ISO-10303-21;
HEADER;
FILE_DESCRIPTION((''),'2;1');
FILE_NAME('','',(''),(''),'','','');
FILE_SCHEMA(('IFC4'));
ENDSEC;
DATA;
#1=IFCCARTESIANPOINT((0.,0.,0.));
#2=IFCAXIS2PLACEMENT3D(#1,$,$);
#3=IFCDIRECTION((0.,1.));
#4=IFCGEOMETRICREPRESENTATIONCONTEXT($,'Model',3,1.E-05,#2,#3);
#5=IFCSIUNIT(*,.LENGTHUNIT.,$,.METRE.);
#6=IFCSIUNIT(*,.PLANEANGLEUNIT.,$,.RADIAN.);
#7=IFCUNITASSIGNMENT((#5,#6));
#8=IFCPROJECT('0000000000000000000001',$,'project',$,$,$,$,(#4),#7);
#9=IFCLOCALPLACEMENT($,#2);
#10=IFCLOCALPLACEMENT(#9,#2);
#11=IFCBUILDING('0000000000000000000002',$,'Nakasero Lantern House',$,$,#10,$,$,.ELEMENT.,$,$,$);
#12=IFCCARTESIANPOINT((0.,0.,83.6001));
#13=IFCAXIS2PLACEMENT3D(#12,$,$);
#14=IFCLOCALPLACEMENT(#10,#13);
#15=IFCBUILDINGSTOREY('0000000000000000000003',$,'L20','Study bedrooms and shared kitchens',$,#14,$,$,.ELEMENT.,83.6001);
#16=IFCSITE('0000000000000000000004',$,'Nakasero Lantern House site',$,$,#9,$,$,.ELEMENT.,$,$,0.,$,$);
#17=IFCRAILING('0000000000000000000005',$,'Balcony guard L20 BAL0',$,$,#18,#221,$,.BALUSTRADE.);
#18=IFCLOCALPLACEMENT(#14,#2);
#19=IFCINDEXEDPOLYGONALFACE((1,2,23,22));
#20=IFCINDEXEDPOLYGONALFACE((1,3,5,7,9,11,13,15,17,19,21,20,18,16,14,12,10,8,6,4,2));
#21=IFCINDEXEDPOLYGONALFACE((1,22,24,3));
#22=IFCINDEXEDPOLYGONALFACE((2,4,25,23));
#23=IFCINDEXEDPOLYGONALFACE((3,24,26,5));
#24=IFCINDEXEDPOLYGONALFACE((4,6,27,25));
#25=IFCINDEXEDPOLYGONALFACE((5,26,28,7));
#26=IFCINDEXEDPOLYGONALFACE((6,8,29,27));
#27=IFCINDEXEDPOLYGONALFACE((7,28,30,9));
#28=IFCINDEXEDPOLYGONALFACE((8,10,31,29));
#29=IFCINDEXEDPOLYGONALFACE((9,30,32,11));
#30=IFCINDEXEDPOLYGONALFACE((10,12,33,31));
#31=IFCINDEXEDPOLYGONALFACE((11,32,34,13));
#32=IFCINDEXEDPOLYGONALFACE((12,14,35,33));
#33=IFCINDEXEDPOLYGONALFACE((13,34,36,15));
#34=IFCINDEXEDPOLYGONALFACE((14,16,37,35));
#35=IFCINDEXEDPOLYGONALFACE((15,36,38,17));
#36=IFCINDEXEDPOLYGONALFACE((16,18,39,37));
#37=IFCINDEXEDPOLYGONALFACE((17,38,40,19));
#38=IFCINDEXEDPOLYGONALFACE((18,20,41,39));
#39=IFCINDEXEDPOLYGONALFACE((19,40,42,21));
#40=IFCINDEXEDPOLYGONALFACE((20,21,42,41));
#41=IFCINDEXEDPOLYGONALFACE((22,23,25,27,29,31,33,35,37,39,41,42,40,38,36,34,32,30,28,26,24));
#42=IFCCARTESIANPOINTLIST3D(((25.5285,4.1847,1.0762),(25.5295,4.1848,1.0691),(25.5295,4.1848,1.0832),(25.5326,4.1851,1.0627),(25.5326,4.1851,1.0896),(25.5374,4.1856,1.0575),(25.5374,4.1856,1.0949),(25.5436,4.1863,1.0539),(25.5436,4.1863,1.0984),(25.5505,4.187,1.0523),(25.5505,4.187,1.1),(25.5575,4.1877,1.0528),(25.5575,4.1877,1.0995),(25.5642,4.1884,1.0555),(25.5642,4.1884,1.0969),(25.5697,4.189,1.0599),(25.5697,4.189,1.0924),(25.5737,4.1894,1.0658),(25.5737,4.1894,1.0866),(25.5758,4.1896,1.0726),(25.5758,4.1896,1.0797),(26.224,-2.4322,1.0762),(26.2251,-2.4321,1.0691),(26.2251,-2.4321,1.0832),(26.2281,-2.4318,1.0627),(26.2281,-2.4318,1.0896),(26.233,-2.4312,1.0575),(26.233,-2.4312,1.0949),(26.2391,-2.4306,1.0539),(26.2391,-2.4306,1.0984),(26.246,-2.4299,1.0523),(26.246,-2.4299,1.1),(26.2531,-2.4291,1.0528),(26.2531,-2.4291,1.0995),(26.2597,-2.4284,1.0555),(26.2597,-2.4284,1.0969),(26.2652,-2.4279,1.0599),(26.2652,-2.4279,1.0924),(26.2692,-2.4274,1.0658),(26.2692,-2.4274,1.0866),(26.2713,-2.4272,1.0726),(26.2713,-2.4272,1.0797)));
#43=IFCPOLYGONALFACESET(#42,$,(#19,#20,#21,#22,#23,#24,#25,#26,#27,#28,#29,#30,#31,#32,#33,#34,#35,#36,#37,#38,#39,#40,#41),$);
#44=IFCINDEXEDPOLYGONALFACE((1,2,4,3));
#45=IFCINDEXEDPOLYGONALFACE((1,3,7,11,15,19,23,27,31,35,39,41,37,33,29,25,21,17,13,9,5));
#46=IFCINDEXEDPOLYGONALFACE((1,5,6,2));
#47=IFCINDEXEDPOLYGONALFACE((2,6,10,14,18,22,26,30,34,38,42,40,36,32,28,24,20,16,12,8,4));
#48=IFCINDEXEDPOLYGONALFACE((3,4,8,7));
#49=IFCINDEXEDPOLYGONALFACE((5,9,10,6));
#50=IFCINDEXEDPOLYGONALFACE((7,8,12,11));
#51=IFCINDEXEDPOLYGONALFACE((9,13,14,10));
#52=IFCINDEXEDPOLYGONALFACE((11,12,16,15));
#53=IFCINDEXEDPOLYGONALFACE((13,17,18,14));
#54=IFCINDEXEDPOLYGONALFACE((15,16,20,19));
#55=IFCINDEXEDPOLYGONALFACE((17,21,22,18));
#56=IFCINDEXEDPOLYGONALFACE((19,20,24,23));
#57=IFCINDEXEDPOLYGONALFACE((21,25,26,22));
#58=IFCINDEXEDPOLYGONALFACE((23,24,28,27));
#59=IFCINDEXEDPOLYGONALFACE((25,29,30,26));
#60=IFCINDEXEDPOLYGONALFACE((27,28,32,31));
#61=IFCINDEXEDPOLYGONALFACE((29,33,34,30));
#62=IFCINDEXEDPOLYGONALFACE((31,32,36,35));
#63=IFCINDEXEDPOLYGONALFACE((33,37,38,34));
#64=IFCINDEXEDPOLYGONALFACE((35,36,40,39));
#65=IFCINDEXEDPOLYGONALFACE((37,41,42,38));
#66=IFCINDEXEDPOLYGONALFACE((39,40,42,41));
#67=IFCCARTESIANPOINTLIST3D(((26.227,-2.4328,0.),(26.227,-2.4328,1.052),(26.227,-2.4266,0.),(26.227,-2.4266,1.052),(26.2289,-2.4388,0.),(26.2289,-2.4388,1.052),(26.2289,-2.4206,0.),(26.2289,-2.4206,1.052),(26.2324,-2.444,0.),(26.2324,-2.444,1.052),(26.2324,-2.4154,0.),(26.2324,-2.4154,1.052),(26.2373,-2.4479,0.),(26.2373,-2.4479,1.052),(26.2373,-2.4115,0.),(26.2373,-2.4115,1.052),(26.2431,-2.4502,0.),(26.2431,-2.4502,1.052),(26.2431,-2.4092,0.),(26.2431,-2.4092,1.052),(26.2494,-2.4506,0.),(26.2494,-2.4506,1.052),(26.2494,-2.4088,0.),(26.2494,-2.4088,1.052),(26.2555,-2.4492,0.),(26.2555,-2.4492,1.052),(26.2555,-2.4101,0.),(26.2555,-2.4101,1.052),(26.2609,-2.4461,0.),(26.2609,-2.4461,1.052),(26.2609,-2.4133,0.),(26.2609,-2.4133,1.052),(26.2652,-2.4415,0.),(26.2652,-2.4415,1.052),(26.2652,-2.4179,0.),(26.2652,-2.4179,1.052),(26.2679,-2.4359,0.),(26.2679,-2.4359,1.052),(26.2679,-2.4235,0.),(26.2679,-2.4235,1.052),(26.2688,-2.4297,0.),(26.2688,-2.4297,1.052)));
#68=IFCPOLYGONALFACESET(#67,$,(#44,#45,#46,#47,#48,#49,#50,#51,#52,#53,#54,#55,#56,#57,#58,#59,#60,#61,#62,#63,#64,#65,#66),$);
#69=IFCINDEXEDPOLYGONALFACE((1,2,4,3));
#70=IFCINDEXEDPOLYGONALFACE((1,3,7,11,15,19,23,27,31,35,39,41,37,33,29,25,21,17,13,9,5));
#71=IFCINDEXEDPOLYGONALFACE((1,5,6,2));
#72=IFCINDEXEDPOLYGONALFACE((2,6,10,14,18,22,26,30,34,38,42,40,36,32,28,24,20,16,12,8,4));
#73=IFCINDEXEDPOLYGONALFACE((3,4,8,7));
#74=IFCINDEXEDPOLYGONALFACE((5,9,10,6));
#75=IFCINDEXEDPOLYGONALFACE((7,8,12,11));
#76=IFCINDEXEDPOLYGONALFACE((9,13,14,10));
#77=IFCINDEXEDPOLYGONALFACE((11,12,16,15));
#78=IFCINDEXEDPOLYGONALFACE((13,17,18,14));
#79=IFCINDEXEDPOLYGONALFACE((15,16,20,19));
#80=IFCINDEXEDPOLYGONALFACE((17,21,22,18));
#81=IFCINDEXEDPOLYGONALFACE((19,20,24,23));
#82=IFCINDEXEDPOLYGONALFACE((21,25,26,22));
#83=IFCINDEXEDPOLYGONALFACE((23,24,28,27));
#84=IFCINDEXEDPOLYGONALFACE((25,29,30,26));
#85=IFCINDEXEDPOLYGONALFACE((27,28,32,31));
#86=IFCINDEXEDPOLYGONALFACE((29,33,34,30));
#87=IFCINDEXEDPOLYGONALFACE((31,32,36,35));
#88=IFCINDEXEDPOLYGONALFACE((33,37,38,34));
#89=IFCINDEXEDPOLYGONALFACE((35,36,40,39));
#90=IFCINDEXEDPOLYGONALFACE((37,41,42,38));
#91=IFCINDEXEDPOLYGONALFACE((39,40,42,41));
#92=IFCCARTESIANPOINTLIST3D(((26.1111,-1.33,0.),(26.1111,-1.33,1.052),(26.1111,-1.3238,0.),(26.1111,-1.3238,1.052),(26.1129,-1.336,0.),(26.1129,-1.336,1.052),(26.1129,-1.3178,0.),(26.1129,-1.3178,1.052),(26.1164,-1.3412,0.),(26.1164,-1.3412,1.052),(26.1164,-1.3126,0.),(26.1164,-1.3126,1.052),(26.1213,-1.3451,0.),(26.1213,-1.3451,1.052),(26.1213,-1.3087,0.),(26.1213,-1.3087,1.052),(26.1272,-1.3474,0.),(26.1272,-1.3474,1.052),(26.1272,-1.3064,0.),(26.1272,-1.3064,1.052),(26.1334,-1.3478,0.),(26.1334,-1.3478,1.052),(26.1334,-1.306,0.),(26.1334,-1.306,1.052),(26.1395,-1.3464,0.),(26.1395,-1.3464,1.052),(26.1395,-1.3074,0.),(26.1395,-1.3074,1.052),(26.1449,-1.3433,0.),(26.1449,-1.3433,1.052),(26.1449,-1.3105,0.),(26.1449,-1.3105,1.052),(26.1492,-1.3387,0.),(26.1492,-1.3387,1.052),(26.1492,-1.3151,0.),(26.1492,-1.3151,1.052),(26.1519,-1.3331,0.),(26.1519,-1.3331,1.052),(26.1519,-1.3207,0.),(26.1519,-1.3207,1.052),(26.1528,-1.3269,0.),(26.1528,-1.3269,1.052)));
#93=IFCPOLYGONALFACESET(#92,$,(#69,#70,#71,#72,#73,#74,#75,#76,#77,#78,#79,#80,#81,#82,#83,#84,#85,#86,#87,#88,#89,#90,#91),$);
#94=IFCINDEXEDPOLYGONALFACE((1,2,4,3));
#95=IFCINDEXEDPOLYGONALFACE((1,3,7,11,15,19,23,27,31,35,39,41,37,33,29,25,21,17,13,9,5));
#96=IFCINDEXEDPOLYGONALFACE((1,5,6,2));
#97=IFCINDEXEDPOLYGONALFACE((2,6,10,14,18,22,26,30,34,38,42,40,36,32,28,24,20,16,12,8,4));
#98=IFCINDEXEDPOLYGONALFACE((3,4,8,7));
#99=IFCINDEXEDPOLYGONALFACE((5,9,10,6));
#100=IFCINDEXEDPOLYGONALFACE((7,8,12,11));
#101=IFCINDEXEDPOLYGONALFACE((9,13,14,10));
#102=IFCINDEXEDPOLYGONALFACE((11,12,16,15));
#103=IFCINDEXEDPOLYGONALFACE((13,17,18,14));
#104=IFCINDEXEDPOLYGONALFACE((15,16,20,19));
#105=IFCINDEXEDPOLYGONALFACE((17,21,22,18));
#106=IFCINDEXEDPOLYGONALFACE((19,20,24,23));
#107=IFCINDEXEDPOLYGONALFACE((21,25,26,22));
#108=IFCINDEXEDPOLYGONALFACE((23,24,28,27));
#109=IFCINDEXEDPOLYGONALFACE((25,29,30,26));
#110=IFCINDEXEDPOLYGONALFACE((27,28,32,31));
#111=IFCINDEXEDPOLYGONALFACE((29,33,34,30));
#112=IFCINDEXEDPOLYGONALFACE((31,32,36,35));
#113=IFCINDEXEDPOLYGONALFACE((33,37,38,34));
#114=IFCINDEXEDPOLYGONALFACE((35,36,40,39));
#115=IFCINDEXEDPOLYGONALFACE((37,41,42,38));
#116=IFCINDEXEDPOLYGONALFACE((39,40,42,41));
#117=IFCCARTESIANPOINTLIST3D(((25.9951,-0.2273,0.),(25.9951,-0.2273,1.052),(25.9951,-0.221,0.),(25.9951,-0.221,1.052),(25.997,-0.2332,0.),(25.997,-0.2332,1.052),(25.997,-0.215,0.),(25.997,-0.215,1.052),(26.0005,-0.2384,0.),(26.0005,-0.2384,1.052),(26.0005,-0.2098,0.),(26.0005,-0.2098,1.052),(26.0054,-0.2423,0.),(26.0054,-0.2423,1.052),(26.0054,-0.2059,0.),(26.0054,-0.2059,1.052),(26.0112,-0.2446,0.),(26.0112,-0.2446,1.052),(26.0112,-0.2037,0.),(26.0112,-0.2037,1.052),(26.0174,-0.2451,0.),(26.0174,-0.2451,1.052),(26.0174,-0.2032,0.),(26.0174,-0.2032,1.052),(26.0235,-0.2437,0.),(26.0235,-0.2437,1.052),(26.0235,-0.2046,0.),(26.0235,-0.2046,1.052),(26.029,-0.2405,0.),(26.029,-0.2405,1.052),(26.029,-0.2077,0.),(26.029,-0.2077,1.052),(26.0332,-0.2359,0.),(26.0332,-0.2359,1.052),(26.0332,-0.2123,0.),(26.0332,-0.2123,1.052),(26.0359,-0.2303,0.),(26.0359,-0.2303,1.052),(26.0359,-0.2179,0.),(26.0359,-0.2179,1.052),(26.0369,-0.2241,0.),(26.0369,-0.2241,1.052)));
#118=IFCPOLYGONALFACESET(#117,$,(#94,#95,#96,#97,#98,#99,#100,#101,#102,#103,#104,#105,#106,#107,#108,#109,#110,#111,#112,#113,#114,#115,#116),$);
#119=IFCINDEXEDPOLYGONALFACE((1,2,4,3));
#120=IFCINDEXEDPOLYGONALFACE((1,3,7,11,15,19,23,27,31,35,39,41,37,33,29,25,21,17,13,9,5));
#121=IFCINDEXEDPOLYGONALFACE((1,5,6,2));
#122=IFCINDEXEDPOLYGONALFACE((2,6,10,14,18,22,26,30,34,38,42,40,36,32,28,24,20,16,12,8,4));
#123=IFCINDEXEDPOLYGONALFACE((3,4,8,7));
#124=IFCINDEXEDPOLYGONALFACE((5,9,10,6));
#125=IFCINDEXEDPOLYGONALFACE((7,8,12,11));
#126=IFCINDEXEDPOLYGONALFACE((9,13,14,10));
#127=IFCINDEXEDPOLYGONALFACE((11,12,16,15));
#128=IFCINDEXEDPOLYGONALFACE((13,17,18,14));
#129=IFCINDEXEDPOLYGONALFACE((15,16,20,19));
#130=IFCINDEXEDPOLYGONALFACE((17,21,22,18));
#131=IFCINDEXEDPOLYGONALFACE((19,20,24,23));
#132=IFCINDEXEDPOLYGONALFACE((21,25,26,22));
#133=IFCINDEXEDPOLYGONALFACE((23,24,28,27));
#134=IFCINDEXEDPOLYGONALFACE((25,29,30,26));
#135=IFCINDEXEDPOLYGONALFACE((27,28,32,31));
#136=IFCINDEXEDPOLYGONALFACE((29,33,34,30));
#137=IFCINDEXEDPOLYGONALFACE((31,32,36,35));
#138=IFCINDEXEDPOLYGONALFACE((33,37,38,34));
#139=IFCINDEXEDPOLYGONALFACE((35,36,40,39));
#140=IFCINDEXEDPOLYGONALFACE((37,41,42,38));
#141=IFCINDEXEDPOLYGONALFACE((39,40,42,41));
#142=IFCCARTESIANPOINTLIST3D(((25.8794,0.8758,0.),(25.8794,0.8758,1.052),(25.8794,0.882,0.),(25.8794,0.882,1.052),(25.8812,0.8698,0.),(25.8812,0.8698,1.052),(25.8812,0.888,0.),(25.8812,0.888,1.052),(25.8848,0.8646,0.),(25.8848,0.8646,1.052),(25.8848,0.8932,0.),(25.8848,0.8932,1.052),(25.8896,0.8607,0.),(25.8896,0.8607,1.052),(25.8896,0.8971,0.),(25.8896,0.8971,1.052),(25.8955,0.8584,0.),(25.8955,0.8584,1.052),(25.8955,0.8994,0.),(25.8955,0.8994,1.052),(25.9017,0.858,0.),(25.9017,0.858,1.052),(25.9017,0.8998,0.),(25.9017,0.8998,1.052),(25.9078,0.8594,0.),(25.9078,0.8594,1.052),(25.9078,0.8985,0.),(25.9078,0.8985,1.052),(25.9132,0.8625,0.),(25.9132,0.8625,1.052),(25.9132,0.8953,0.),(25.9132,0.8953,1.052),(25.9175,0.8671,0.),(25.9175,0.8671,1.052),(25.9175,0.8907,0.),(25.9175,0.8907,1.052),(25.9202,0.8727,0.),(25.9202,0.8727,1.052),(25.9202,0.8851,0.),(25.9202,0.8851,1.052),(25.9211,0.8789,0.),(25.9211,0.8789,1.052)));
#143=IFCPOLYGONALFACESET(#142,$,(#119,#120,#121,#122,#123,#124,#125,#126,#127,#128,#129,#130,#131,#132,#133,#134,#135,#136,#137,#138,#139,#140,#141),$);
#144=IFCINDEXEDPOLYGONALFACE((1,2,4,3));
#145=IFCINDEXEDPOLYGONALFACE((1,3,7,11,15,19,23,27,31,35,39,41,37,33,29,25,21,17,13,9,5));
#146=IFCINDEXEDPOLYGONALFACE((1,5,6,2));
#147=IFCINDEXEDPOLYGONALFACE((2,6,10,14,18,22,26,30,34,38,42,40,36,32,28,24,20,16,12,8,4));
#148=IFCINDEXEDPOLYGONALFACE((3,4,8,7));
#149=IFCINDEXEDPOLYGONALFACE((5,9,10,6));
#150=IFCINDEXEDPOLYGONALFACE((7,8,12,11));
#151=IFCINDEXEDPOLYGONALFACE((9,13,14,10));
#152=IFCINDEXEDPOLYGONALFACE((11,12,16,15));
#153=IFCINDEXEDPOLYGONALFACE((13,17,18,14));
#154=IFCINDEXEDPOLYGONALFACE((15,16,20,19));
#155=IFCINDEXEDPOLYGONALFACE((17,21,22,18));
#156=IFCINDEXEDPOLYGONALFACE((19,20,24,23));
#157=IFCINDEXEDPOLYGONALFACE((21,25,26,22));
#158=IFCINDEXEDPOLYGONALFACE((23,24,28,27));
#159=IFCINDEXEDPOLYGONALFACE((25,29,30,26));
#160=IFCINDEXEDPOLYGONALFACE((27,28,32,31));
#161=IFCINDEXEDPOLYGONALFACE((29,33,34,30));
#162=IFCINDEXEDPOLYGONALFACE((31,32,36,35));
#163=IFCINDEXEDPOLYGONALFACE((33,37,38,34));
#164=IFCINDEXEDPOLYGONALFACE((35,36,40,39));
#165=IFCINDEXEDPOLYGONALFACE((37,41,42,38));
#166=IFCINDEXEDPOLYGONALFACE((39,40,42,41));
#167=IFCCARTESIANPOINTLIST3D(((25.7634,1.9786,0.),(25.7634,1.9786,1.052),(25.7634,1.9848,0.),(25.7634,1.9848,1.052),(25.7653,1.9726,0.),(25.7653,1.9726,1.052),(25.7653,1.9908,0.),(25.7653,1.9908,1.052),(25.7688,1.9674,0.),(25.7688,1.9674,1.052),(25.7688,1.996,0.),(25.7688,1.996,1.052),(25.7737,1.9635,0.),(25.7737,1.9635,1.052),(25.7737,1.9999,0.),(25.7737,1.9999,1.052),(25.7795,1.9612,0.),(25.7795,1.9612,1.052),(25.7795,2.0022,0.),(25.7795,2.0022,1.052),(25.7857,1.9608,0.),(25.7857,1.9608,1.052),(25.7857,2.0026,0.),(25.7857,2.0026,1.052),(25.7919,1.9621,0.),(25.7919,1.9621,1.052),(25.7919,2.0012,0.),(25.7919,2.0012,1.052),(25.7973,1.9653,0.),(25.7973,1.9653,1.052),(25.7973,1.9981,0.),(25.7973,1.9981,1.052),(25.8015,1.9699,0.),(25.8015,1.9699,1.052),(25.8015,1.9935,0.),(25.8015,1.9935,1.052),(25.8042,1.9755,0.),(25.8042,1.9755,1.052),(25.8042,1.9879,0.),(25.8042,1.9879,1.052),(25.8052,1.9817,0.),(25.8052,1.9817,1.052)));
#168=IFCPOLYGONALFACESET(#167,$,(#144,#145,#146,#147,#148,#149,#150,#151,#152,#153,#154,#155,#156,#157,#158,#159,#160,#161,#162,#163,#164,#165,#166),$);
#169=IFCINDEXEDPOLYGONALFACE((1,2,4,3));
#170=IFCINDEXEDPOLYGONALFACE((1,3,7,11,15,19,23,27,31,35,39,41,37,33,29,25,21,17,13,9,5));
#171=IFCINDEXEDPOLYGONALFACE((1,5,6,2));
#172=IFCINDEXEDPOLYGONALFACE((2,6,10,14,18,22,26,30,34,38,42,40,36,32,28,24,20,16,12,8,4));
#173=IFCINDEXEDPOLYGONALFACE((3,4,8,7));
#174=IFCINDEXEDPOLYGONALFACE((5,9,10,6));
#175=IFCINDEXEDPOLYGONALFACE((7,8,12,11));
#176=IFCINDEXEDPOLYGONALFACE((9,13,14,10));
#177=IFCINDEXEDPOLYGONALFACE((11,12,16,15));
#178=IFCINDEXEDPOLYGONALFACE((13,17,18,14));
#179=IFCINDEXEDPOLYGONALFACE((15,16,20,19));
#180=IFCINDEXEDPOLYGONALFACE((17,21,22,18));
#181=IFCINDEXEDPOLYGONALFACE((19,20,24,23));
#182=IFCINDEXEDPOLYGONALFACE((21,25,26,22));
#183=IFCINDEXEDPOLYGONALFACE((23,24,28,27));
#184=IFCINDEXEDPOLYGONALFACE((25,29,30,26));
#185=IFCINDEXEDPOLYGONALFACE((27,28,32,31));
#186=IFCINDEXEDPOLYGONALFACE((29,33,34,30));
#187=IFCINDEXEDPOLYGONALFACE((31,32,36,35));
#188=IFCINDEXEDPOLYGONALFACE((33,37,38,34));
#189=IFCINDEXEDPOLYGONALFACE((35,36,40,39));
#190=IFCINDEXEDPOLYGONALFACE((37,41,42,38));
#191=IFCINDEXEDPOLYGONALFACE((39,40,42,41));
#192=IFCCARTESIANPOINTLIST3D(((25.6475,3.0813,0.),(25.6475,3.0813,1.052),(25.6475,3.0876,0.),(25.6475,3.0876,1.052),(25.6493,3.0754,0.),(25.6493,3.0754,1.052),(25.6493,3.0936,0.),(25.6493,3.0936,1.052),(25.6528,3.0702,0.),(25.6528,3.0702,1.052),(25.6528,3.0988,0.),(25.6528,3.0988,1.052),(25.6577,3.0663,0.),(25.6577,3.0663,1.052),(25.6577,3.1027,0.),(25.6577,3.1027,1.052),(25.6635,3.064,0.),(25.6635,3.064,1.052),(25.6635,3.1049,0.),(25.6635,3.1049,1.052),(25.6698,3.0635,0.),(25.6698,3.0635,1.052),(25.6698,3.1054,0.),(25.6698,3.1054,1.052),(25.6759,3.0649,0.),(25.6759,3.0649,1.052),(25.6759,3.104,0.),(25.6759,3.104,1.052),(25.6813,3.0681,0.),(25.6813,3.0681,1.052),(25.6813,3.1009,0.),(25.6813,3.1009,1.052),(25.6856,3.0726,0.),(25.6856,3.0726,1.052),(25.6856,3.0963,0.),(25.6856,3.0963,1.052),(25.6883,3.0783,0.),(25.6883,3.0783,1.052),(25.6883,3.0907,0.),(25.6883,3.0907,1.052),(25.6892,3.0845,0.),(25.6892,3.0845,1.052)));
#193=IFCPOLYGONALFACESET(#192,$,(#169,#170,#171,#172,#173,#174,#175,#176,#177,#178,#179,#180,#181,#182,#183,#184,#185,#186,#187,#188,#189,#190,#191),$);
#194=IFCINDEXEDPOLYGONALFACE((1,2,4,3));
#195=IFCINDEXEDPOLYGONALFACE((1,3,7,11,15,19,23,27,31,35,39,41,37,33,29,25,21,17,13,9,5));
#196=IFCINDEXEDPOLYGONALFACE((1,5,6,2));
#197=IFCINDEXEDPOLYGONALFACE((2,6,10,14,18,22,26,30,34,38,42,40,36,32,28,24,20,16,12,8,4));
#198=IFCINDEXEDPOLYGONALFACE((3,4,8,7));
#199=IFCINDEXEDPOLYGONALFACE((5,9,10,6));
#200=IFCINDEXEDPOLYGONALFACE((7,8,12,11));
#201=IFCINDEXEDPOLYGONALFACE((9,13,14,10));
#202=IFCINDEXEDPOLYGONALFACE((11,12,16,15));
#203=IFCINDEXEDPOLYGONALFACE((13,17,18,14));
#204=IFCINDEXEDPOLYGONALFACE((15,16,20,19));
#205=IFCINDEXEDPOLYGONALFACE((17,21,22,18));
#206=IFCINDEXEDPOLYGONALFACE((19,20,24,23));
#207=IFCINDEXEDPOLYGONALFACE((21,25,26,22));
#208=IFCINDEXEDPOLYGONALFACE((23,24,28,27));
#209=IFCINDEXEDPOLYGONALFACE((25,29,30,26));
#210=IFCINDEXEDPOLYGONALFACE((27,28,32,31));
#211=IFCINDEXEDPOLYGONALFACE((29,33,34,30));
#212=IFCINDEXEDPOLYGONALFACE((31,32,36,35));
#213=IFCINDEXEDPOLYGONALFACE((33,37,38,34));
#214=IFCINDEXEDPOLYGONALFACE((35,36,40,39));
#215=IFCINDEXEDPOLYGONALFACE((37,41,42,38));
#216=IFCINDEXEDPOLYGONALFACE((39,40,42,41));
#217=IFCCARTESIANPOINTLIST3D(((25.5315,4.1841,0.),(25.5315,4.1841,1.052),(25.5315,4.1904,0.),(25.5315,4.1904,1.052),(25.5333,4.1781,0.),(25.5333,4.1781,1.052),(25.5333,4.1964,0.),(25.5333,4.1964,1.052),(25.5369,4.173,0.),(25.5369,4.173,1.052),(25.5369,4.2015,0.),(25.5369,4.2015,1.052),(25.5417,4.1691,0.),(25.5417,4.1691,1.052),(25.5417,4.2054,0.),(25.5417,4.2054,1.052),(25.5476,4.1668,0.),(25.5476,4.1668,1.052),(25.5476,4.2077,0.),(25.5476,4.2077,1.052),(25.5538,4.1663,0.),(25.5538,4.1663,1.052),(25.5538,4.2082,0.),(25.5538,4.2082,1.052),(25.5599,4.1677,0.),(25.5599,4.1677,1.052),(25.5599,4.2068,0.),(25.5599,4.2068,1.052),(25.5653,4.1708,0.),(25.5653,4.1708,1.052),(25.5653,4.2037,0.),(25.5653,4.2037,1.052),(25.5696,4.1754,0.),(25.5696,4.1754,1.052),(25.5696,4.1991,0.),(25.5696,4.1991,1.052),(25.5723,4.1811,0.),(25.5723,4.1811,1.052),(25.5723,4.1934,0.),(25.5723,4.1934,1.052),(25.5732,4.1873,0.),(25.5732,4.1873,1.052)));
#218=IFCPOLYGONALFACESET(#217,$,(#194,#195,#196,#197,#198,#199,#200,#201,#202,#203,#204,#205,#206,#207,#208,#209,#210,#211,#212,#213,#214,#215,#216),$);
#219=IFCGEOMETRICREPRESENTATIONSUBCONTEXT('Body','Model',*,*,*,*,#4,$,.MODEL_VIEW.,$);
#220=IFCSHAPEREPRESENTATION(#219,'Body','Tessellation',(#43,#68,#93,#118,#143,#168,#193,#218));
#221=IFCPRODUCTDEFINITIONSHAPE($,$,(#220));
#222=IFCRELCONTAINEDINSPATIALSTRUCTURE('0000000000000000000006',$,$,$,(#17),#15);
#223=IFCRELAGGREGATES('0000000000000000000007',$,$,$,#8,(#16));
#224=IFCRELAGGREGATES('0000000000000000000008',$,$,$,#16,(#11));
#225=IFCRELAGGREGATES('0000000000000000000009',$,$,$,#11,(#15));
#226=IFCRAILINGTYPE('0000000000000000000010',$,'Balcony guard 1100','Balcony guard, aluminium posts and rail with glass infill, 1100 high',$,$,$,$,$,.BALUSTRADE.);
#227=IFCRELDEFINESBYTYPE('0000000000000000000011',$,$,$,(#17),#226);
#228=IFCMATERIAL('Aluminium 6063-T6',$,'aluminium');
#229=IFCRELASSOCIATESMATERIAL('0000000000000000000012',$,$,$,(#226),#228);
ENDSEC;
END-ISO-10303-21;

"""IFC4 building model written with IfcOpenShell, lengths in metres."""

from ifc_helpers import new_model, si_unit, direction, frame, origin, origin_2d, place, context, subcontext, project, spatial, circle, extrude, material, type_object, element, save


model = new_model("IFC4")

# Units and contexts
model_context = context("Model", 3, precision=1e-05, world=origin(), true_north=direction((0.0, 1.0)))
body_context = subcontext(model_context, "Body", "Model", "MODEL_VIEW")
ifc_project = project(units=[si_unit("LENGTHUNIT", "METRE"), si_unit("PLANEANGLEUNIT", "RADIAN")], contexts=[model_context])

# Site, building, storey
site_placement = place(None, origin())
site = spatial("IfcSite", under=ifc_project, at=site_placement, Name="Nakasero Lantern House site", CompositionType="ELEMENT", RefElevation=0.0)
building_placement = place(site_placement, origin())
building = spatial("IfcBuilding", under=site, at=building_placement, Name="Nakasero Lantern House", CompositionType="ELEMENT")
storey_placement = place(building_placement, frame((0.0, 0.0, 83.6001)))
storey = spatial("IfcBuildingStorey", under=building, at=storey_placement, Name="L20", Description="Study bedrooms and shared kitchens", CompositionType="ELEMENT", Elevation=83.6001)

# Railing
ifc_material_1 = material(Name="Aluminium 6063-T6", Category="aluminium")
railing_type = type_object("IfcRailingType", Name="Balcony guard 1100", Description="Balcony guard, aluminium posts and rail with glass infill, 1100 high", PredefinedType="BALUSTRADE", material=ifc_material_1)
railing_placement = place(storey_placement, frame((26.2478, -2.4297, 0.0)))
element("IfcRailing", 1, at=railing_placement, inside=storey, type_object=railing_type, Name="Balcony guard L20 BAL0", PredefinedType="BALUSTRADE", context=body_context, shape_type="SweptSolid", body=[
    extrude(circle(Radius=0.0239, at=origin_2d()), frame((0.0, 0.0, 1.0762), z_axis=(-0.104542, 0.994521, 0.0), x_axis=(-0.994521, -0.104542, 0.0)), (0.0, 0.0, 1.0), 6.6533),
    extrude(circle(Radius=0.021, at=origin_2d()), origin(), (0.0, 0.0, 1.0), 1.052),
    extrude(circle(Radius=0.021, at=origin_2d()), frame((-0.116, 1.1028, 0.0)), (0.0, 0.0, 1.0), 1.052),
    extrude(circle(Radius=0.021, at=origin_2d()), frame((-0.2319, 2.2056, 0.0)), (0.0, 0.0, 1.0), 1.052),
    extrude(circle(Radius=0.021, at=origin_2d()), frame((-0.3477, 3.3086, 0.0)), (0.0, 0.0, 1.0), 1.052),
    extrude(circle(Radius=0.021, at=origin_2d()), frame((-0.4636, 4.4114, 0.0)), (0.0, 0.0, 1.0), 1.052),
    extrude(circle(Radius=0.021, at=origin_2d()), frame((-0.5796, 5.5142, 0.0)), (0.0, 0.0, 1.0), 1.052),
    extrude(circle(Radius=0.021, at=origin_2d()), frame((-0.6956, 6.6169, 0.0)), (0.0, 0.0, 1.0), 1.052),
])

save(model, "model.ifc")
